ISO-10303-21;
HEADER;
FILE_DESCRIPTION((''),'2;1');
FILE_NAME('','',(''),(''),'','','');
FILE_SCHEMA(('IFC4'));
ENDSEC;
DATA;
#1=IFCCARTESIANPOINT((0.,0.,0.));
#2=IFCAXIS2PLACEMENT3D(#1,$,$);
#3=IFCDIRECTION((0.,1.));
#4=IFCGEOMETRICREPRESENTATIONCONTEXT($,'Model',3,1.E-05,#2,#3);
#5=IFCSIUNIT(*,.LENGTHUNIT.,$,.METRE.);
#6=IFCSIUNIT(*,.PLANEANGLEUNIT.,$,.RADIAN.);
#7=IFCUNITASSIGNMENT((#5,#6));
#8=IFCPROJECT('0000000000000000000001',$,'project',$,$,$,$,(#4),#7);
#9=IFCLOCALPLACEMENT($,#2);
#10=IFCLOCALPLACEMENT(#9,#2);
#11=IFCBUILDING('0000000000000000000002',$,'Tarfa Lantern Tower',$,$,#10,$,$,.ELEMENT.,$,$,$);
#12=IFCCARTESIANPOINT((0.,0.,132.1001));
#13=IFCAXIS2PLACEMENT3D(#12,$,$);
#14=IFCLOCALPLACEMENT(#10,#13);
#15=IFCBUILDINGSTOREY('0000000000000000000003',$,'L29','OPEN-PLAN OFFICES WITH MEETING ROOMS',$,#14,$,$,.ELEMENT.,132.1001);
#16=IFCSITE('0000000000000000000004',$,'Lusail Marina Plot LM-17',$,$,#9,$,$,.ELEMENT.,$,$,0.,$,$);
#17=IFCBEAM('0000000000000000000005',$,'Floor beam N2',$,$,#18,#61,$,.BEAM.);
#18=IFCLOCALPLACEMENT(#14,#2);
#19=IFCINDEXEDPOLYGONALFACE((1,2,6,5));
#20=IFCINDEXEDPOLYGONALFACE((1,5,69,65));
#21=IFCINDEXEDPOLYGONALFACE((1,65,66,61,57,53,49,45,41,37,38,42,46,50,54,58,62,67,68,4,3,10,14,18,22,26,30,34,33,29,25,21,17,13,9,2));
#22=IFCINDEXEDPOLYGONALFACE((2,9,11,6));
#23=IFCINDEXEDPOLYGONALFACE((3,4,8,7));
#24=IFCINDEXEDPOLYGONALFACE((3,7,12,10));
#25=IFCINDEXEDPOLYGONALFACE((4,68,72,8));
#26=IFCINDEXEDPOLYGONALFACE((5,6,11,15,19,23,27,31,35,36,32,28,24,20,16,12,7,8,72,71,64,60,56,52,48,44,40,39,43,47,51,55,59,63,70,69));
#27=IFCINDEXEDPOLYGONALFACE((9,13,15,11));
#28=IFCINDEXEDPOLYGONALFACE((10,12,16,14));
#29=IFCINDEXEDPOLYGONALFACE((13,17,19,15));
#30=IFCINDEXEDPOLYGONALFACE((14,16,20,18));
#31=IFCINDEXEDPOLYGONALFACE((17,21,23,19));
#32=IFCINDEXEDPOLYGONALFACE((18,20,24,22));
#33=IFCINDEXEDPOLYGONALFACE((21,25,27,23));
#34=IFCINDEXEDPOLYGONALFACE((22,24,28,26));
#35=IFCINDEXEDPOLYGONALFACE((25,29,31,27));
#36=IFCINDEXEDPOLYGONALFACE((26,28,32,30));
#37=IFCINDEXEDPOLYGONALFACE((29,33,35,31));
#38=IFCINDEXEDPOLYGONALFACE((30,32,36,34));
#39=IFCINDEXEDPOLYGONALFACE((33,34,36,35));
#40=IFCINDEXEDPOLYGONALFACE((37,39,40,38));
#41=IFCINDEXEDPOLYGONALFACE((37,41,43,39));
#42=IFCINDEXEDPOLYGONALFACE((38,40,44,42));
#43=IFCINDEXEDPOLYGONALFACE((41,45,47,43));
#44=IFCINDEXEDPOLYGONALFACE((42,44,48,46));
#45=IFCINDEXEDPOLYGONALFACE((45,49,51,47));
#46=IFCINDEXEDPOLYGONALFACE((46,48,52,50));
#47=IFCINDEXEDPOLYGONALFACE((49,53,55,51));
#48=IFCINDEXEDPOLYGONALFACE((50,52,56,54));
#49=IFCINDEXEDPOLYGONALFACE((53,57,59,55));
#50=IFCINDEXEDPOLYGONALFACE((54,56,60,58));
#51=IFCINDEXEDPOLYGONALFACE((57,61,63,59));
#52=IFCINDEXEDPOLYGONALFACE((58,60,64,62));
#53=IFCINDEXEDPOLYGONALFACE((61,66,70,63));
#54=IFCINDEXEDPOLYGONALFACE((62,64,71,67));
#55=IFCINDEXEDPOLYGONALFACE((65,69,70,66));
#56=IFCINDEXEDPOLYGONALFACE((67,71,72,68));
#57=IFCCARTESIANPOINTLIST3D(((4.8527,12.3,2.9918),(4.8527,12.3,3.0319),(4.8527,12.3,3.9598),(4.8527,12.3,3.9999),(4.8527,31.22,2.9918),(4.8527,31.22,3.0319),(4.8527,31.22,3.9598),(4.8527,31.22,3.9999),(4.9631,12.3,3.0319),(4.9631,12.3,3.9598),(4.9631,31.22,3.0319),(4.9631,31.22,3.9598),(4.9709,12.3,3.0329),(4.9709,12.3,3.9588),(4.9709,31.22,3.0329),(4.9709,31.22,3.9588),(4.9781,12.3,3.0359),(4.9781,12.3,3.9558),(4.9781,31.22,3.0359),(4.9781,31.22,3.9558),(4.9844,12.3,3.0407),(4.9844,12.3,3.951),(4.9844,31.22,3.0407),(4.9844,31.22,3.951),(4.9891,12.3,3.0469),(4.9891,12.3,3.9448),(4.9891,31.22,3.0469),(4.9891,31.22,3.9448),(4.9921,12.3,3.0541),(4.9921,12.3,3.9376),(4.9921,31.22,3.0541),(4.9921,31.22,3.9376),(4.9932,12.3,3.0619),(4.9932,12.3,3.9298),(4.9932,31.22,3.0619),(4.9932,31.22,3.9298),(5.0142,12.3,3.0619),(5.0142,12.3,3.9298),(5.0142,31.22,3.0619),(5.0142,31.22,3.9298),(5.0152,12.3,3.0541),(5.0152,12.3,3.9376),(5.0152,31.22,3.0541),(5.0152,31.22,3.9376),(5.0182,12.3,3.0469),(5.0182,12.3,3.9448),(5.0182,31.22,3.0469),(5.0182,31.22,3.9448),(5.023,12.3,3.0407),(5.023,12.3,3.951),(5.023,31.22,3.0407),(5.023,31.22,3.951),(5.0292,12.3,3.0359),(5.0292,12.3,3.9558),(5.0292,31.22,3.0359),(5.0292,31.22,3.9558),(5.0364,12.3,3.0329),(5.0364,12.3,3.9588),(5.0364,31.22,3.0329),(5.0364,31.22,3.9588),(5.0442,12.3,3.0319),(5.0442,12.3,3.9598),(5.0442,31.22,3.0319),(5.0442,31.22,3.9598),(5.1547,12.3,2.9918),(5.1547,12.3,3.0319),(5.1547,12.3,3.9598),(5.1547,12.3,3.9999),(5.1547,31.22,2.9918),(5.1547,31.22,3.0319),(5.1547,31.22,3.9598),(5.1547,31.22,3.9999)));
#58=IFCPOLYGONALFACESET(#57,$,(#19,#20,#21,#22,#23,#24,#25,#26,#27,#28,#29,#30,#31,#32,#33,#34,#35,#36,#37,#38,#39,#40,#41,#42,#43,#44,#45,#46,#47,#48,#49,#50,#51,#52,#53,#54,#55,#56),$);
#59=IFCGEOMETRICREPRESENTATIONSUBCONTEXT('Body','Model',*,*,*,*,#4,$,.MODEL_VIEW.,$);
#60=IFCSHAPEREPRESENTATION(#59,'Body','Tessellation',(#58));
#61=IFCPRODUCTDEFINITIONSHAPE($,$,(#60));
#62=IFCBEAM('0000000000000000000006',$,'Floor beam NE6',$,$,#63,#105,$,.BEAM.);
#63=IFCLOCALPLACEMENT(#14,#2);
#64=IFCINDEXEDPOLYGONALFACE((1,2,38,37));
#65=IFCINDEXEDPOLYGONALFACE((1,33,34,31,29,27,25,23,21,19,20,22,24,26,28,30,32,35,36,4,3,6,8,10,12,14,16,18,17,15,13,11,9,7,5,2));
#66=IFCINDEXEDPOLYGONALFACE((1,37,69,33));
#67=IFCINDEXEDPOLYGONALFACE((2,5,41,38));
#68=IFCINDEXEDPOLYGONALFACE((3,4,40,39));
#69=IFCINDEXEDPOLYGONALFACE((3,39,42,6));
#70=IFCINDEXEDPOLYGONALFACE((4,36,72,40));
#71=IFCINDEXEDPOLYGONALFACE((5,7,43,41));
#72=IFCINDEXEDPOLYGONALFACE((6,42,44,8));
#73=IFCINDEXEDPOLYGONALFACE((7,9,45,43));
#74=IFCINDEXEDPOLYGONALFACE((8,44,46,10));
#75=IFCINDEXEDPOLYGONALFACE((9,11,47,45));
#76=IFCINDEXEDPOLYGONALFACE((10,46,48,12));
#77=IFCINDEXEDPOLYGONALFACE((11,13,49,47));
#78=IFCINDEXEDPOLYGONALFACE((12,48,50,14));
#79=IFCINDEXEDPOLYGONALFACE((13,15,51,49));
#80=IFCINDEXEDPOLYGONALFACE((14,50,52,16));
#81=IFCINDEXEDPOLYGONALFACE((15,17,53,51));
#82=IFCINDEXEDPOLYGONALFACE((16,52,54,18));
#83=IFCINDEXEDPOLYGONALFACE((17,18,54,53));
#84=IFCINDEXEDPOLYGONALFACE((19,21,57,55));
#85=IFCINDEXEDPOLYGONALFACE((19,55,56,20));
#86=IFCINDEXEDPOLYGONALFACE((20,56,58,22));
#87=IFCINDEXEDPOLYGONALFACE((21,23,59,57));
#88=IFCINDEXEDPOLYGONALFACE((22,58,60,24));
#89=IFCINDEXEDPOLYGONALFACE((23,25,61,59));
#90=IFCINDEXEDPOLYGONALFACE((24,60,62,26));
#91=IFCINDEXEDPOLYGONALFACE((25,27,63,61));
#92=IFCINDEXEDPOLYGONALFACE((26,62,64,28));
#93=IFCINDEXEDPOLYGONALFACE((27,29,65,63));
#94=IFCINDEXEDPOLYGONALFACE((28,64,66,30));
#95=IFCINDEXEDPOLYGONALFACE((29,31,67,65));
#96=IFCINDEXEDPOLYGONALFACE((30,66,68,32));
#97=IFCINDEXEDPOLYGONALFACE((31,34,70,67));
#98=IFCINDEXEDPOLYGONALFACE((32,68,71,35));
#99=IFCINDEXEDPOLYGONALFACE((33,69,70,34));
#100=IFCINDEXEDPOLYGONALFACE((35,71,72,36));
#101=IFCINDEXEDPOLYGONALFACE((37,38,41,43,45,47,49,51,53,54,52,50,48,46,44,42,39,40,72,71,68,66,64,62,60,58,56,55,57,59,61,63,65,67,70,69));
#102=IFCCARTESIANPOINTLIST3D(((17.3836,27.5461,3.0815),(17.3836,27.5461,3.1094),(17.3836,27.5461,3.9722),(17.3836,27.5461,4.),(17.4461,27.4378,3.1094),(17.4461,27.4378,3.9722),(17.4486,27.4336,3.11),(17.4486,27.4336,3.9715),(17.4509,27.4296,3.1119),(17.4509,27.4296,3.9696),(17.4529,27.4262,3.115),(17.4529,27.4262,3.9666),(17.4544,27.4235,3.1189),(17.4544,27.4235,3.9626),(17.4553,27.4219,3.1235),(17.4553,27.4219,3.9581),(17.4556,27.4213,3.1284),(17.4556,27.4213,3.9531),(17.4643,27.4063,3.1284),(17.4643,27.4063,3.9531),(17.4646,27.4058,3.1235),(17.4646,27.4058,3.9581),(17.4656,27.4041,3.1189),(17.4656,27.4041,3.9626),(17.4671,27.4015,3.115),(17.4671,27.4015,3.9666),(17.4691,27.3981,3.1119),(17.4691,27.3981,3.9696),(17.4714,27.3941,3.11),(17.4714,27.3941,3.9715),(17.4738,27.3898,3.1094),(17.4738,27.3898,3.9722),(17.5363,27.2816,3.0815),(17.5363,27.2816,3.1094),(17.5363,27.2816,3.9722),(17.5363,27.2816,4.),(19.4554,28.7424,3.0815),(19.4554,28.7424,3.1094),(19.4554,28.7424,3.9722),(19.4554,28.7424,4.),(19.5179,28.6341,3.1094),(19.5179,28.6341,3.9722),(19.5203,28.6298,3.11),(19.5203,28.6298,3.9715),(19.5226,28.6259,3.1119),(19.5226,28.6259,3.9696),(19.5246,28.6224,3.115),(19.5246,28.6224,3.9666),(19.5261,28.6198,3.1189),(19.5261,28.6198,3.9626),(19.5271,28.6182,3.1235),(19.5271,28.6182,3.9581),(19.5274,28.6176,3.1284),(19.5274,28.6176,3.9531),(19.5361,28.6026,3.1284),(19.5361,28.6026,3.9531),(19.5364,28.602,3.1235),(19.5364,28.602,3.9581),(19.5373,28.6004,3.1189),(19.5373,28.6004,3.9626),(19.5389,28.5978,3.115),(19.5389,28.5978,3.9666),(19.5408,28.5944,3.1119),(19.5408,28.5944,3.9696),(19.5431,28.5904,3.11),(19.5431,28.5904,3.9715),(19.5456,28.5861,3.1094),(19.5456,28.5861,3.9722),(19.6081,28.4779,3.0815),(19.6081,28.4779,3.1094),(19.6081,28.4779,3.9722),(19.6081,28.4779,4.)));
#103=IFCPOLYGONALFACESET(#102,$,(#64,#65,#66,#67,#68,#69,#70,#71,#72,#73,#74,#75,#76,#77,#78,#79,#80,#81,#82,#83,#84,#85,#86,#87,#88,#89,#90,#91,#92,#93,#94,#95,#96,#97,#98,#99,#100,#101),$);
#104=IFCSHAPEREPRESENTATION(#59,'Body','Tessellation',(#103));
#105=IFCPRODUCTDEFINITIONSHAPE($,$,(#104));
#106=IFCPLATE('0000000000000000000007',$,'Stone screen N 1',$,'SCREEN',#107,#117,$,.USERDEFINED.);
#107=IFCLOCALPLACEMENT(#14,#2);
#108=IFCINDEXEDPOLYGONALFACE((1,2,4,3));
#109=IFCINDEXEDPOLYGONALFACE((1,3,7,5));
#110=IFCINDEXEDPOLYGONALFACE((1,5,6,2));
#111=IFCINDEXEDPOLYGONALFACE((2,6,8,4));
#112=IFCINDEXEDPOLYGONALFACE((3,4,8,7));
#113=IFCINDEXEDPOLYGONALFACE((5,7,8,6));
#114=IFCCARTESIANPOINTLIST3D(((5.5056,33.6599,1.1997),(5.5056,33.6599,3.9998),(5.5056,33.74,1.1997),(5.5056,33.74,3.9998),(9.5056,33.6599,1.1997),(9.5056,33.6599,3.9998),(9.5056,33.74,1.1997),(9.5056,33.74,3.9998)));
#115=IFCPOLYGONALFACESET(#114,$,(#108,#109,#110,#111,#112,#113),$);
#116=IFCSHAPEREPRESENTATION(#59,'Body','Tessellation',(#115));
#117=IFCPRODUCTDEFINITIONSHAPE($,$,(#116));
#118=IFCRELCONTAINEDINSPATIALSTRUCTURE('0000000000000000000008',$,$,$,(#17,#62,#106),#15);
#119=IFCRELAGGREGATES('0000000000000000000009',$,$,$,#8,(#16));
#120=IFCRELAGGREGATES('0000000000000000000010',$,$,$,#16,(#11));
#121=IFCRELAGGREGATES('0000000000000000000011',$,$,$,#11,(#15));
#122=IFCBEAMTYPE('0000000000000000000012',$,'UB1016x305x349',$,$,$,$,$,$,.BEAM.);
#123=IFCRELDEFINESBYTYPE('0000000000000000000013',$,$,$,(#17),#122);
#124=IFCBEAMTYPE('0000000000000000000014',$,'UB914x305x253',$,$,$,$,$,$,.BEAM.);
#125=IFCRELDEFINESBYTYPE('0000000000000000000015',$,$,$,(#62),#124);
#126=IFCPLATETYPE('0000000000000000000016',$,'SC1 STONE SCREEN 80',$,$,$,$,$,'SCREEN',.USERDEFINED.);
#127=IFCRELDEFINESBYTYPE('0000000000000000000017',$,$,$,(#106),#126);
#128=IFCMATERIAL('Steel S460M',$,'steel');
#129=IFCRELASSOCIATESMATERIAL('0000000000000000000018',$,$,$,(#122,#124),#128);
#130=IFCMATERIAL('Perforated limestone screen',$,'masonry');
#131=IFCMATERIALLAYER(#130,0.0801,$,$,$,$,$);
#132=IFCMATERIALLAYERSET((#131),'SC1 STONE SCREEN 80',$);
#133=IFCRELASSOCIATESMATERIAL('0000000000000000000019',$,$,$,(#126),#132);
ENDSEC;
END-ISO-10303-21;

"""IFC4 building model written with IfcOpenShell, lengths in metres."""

from ifc_helpers import new_model, si_unit, direction, frame, origin, origin_2d, place, context, subcontext, project, spatial, rectangle, i_section, extrude, material, layer, layer_set, material_profile, profile_set, type_object, element, save


model = new_model("IFC4")

# Units and contexts
model_context = context("Model", 3, precision=1e-05, world=origin(), true_north=direction((0.0, 1.0)))
body_context = subcontext(model_context, "Body", "Model", "MODEL_VIEW")
ifc_project = project(units=[si_unit("LENGTHUNIT", "METRE"), si_unit("PLANEANGLEUNIT", "RADIAN")], contexts=[model_context])

# Site, building, storey
site_placement = place(None, origin())
site = spatial("IfcSite", under=ifc_project, at=site_placement, Name="Lusail Marina Plot LM-17", CompositionType="ELEMENT", RefElevation=0.0)
building_placement = place(site_placement, origin())
building = spatial("IfcBuilding", under=site, at=building_placement, Name="Tarfa Lantern Tower", CompositionType="ELEMENT")
storey_placement = place(building_placement, frame((0.0, 0.0, 132.1001)))
storey = spatial("IfcBuildingStorey", under=building, at=storey_placement, Name="L29", Description="OPEN-PLAN OFFICES WITH MEETING ROOMS", CompositionType="ELEMENT", Elevation=132.1001)

# Beams
ifc_material_1 = material(Name="Steel S460M", Category="steel")
ifc_material_profile_1 = material_profile(ifc_material_1, i_section(OverallWidth=0.302, OverallDepth=1.0081, WebThickness=0.021, FlangeThickness=0.04, FilletRadius=0.03, at=origin_2d()), Name="UB1016x305x349")
ifc_profile_set_1 = profile_set([ifc_material_profile_1], Name="Steel S460M")
beam_type_1 = type_object("IfcBeamType", Name="UB1016x305x349", PredefinedType="BEAM", material=ifc_profile_set_1)
for number, where, z_axis, x_axis, name in (
    (1, (5.0037, 31.22, 3.4958), (0.0, -1.0, 0.0), (1.0, 0.0, 0.0), "Floor beam N2"),
):
    element("IfcBeam", number, at=place(storey_placement, frame(where, z_axis=z_axis, x_axis=x_axis)), inside=storey, type_object=beam_type_1, Name=name, PredefinedType="BEAM", context=body_context, shape_type="SweptSolid", body=[
        extrude(i_section(OverallWidth=0.302, OverallDepth=1.0081, WebThickness=0.021, FlangeThickness=0.04, FilletRadius=0.03, at=origin_2d()), origin(), (0.0, 0.0, 1.0), 18.9199),
    ])
ifc_material_profile_2 = material_profile(ifc_material_1, i_section(OverallWidth=0.3054, OverallDepth=0.9185, WebThickness=0.0173, FlangeThickness=0.0278, FilletRadius=0.019, at=origin_2d()), Name="UB914x305x253")
ifc_profile_set_2 = profile_set([ifc_material_profile_2], Name="Steel S460M")
beam_type_2 = type_object("IfcBeamType", Name="UB914x305x253", PredefinedType="BEAM", material=ifc_profile_set_2)
beam_placement = place(storey_placement, frame((19.5317, 28.6101, 3.5408), z_axis=(-0.865999, -0.500046, 0.0), x_axis=(0.500046, -0.865999, 0.0)))
element("IfcBeam", 2, at=beam_placement, inside=storey, type_object=beam_type_2, Name="Floor beam NE6", PredefinedType="BEAM", context=body_context, shape_type="SweptSolid", body=[
    extrude(i_section(OverallWidth=0.3054, OverallDepth=0.9185, WebThickness=0.0173, FlangeThickness=0.0278, FilletRadius=0.019, at=origin_2d()), origin(), (0.0, 0.0, 1.0), 2.3923),
])

# Plate
ifc_material_2 = material(Name="Perforated limestone screen", Category="masonry")
ifc_layer_1 = layer(ifc_material_2, 0.0801)
ifc_layer_set_1 = layer_set([ifc_layer_1], Name="SC1 STONE SCREEN 80")
plate_type = type_object("IfcPlateType", Name="SC1 STONE SCREEN 80", ElementType="SCREEN", PredefinedType="USERDEFINED", material=ifc_layer_set_1)
plate_placement = place(storey_placement, frame((7.5056, 33.7, 1.1997), z_axis=(0.0, 0.0, 1.0), x_axis=(-1.0, 0.0, 0.0)))
element("IfcPlate", 3, at=plate_placement, inside=storey, type_object=plate_type, Name="Stone screen N 1", ObjectType="SCREEN", PredefinedType="USERDEFINED", context=body_context, shape_type="SweptSolid", body=[
    extrude(rectangle(XDim=4.0, YDim=0.0801, at=origin_2d()), origin(), (0.0, 0.0, 1.0), 2.8),
])

save(model, "model.ifc")
